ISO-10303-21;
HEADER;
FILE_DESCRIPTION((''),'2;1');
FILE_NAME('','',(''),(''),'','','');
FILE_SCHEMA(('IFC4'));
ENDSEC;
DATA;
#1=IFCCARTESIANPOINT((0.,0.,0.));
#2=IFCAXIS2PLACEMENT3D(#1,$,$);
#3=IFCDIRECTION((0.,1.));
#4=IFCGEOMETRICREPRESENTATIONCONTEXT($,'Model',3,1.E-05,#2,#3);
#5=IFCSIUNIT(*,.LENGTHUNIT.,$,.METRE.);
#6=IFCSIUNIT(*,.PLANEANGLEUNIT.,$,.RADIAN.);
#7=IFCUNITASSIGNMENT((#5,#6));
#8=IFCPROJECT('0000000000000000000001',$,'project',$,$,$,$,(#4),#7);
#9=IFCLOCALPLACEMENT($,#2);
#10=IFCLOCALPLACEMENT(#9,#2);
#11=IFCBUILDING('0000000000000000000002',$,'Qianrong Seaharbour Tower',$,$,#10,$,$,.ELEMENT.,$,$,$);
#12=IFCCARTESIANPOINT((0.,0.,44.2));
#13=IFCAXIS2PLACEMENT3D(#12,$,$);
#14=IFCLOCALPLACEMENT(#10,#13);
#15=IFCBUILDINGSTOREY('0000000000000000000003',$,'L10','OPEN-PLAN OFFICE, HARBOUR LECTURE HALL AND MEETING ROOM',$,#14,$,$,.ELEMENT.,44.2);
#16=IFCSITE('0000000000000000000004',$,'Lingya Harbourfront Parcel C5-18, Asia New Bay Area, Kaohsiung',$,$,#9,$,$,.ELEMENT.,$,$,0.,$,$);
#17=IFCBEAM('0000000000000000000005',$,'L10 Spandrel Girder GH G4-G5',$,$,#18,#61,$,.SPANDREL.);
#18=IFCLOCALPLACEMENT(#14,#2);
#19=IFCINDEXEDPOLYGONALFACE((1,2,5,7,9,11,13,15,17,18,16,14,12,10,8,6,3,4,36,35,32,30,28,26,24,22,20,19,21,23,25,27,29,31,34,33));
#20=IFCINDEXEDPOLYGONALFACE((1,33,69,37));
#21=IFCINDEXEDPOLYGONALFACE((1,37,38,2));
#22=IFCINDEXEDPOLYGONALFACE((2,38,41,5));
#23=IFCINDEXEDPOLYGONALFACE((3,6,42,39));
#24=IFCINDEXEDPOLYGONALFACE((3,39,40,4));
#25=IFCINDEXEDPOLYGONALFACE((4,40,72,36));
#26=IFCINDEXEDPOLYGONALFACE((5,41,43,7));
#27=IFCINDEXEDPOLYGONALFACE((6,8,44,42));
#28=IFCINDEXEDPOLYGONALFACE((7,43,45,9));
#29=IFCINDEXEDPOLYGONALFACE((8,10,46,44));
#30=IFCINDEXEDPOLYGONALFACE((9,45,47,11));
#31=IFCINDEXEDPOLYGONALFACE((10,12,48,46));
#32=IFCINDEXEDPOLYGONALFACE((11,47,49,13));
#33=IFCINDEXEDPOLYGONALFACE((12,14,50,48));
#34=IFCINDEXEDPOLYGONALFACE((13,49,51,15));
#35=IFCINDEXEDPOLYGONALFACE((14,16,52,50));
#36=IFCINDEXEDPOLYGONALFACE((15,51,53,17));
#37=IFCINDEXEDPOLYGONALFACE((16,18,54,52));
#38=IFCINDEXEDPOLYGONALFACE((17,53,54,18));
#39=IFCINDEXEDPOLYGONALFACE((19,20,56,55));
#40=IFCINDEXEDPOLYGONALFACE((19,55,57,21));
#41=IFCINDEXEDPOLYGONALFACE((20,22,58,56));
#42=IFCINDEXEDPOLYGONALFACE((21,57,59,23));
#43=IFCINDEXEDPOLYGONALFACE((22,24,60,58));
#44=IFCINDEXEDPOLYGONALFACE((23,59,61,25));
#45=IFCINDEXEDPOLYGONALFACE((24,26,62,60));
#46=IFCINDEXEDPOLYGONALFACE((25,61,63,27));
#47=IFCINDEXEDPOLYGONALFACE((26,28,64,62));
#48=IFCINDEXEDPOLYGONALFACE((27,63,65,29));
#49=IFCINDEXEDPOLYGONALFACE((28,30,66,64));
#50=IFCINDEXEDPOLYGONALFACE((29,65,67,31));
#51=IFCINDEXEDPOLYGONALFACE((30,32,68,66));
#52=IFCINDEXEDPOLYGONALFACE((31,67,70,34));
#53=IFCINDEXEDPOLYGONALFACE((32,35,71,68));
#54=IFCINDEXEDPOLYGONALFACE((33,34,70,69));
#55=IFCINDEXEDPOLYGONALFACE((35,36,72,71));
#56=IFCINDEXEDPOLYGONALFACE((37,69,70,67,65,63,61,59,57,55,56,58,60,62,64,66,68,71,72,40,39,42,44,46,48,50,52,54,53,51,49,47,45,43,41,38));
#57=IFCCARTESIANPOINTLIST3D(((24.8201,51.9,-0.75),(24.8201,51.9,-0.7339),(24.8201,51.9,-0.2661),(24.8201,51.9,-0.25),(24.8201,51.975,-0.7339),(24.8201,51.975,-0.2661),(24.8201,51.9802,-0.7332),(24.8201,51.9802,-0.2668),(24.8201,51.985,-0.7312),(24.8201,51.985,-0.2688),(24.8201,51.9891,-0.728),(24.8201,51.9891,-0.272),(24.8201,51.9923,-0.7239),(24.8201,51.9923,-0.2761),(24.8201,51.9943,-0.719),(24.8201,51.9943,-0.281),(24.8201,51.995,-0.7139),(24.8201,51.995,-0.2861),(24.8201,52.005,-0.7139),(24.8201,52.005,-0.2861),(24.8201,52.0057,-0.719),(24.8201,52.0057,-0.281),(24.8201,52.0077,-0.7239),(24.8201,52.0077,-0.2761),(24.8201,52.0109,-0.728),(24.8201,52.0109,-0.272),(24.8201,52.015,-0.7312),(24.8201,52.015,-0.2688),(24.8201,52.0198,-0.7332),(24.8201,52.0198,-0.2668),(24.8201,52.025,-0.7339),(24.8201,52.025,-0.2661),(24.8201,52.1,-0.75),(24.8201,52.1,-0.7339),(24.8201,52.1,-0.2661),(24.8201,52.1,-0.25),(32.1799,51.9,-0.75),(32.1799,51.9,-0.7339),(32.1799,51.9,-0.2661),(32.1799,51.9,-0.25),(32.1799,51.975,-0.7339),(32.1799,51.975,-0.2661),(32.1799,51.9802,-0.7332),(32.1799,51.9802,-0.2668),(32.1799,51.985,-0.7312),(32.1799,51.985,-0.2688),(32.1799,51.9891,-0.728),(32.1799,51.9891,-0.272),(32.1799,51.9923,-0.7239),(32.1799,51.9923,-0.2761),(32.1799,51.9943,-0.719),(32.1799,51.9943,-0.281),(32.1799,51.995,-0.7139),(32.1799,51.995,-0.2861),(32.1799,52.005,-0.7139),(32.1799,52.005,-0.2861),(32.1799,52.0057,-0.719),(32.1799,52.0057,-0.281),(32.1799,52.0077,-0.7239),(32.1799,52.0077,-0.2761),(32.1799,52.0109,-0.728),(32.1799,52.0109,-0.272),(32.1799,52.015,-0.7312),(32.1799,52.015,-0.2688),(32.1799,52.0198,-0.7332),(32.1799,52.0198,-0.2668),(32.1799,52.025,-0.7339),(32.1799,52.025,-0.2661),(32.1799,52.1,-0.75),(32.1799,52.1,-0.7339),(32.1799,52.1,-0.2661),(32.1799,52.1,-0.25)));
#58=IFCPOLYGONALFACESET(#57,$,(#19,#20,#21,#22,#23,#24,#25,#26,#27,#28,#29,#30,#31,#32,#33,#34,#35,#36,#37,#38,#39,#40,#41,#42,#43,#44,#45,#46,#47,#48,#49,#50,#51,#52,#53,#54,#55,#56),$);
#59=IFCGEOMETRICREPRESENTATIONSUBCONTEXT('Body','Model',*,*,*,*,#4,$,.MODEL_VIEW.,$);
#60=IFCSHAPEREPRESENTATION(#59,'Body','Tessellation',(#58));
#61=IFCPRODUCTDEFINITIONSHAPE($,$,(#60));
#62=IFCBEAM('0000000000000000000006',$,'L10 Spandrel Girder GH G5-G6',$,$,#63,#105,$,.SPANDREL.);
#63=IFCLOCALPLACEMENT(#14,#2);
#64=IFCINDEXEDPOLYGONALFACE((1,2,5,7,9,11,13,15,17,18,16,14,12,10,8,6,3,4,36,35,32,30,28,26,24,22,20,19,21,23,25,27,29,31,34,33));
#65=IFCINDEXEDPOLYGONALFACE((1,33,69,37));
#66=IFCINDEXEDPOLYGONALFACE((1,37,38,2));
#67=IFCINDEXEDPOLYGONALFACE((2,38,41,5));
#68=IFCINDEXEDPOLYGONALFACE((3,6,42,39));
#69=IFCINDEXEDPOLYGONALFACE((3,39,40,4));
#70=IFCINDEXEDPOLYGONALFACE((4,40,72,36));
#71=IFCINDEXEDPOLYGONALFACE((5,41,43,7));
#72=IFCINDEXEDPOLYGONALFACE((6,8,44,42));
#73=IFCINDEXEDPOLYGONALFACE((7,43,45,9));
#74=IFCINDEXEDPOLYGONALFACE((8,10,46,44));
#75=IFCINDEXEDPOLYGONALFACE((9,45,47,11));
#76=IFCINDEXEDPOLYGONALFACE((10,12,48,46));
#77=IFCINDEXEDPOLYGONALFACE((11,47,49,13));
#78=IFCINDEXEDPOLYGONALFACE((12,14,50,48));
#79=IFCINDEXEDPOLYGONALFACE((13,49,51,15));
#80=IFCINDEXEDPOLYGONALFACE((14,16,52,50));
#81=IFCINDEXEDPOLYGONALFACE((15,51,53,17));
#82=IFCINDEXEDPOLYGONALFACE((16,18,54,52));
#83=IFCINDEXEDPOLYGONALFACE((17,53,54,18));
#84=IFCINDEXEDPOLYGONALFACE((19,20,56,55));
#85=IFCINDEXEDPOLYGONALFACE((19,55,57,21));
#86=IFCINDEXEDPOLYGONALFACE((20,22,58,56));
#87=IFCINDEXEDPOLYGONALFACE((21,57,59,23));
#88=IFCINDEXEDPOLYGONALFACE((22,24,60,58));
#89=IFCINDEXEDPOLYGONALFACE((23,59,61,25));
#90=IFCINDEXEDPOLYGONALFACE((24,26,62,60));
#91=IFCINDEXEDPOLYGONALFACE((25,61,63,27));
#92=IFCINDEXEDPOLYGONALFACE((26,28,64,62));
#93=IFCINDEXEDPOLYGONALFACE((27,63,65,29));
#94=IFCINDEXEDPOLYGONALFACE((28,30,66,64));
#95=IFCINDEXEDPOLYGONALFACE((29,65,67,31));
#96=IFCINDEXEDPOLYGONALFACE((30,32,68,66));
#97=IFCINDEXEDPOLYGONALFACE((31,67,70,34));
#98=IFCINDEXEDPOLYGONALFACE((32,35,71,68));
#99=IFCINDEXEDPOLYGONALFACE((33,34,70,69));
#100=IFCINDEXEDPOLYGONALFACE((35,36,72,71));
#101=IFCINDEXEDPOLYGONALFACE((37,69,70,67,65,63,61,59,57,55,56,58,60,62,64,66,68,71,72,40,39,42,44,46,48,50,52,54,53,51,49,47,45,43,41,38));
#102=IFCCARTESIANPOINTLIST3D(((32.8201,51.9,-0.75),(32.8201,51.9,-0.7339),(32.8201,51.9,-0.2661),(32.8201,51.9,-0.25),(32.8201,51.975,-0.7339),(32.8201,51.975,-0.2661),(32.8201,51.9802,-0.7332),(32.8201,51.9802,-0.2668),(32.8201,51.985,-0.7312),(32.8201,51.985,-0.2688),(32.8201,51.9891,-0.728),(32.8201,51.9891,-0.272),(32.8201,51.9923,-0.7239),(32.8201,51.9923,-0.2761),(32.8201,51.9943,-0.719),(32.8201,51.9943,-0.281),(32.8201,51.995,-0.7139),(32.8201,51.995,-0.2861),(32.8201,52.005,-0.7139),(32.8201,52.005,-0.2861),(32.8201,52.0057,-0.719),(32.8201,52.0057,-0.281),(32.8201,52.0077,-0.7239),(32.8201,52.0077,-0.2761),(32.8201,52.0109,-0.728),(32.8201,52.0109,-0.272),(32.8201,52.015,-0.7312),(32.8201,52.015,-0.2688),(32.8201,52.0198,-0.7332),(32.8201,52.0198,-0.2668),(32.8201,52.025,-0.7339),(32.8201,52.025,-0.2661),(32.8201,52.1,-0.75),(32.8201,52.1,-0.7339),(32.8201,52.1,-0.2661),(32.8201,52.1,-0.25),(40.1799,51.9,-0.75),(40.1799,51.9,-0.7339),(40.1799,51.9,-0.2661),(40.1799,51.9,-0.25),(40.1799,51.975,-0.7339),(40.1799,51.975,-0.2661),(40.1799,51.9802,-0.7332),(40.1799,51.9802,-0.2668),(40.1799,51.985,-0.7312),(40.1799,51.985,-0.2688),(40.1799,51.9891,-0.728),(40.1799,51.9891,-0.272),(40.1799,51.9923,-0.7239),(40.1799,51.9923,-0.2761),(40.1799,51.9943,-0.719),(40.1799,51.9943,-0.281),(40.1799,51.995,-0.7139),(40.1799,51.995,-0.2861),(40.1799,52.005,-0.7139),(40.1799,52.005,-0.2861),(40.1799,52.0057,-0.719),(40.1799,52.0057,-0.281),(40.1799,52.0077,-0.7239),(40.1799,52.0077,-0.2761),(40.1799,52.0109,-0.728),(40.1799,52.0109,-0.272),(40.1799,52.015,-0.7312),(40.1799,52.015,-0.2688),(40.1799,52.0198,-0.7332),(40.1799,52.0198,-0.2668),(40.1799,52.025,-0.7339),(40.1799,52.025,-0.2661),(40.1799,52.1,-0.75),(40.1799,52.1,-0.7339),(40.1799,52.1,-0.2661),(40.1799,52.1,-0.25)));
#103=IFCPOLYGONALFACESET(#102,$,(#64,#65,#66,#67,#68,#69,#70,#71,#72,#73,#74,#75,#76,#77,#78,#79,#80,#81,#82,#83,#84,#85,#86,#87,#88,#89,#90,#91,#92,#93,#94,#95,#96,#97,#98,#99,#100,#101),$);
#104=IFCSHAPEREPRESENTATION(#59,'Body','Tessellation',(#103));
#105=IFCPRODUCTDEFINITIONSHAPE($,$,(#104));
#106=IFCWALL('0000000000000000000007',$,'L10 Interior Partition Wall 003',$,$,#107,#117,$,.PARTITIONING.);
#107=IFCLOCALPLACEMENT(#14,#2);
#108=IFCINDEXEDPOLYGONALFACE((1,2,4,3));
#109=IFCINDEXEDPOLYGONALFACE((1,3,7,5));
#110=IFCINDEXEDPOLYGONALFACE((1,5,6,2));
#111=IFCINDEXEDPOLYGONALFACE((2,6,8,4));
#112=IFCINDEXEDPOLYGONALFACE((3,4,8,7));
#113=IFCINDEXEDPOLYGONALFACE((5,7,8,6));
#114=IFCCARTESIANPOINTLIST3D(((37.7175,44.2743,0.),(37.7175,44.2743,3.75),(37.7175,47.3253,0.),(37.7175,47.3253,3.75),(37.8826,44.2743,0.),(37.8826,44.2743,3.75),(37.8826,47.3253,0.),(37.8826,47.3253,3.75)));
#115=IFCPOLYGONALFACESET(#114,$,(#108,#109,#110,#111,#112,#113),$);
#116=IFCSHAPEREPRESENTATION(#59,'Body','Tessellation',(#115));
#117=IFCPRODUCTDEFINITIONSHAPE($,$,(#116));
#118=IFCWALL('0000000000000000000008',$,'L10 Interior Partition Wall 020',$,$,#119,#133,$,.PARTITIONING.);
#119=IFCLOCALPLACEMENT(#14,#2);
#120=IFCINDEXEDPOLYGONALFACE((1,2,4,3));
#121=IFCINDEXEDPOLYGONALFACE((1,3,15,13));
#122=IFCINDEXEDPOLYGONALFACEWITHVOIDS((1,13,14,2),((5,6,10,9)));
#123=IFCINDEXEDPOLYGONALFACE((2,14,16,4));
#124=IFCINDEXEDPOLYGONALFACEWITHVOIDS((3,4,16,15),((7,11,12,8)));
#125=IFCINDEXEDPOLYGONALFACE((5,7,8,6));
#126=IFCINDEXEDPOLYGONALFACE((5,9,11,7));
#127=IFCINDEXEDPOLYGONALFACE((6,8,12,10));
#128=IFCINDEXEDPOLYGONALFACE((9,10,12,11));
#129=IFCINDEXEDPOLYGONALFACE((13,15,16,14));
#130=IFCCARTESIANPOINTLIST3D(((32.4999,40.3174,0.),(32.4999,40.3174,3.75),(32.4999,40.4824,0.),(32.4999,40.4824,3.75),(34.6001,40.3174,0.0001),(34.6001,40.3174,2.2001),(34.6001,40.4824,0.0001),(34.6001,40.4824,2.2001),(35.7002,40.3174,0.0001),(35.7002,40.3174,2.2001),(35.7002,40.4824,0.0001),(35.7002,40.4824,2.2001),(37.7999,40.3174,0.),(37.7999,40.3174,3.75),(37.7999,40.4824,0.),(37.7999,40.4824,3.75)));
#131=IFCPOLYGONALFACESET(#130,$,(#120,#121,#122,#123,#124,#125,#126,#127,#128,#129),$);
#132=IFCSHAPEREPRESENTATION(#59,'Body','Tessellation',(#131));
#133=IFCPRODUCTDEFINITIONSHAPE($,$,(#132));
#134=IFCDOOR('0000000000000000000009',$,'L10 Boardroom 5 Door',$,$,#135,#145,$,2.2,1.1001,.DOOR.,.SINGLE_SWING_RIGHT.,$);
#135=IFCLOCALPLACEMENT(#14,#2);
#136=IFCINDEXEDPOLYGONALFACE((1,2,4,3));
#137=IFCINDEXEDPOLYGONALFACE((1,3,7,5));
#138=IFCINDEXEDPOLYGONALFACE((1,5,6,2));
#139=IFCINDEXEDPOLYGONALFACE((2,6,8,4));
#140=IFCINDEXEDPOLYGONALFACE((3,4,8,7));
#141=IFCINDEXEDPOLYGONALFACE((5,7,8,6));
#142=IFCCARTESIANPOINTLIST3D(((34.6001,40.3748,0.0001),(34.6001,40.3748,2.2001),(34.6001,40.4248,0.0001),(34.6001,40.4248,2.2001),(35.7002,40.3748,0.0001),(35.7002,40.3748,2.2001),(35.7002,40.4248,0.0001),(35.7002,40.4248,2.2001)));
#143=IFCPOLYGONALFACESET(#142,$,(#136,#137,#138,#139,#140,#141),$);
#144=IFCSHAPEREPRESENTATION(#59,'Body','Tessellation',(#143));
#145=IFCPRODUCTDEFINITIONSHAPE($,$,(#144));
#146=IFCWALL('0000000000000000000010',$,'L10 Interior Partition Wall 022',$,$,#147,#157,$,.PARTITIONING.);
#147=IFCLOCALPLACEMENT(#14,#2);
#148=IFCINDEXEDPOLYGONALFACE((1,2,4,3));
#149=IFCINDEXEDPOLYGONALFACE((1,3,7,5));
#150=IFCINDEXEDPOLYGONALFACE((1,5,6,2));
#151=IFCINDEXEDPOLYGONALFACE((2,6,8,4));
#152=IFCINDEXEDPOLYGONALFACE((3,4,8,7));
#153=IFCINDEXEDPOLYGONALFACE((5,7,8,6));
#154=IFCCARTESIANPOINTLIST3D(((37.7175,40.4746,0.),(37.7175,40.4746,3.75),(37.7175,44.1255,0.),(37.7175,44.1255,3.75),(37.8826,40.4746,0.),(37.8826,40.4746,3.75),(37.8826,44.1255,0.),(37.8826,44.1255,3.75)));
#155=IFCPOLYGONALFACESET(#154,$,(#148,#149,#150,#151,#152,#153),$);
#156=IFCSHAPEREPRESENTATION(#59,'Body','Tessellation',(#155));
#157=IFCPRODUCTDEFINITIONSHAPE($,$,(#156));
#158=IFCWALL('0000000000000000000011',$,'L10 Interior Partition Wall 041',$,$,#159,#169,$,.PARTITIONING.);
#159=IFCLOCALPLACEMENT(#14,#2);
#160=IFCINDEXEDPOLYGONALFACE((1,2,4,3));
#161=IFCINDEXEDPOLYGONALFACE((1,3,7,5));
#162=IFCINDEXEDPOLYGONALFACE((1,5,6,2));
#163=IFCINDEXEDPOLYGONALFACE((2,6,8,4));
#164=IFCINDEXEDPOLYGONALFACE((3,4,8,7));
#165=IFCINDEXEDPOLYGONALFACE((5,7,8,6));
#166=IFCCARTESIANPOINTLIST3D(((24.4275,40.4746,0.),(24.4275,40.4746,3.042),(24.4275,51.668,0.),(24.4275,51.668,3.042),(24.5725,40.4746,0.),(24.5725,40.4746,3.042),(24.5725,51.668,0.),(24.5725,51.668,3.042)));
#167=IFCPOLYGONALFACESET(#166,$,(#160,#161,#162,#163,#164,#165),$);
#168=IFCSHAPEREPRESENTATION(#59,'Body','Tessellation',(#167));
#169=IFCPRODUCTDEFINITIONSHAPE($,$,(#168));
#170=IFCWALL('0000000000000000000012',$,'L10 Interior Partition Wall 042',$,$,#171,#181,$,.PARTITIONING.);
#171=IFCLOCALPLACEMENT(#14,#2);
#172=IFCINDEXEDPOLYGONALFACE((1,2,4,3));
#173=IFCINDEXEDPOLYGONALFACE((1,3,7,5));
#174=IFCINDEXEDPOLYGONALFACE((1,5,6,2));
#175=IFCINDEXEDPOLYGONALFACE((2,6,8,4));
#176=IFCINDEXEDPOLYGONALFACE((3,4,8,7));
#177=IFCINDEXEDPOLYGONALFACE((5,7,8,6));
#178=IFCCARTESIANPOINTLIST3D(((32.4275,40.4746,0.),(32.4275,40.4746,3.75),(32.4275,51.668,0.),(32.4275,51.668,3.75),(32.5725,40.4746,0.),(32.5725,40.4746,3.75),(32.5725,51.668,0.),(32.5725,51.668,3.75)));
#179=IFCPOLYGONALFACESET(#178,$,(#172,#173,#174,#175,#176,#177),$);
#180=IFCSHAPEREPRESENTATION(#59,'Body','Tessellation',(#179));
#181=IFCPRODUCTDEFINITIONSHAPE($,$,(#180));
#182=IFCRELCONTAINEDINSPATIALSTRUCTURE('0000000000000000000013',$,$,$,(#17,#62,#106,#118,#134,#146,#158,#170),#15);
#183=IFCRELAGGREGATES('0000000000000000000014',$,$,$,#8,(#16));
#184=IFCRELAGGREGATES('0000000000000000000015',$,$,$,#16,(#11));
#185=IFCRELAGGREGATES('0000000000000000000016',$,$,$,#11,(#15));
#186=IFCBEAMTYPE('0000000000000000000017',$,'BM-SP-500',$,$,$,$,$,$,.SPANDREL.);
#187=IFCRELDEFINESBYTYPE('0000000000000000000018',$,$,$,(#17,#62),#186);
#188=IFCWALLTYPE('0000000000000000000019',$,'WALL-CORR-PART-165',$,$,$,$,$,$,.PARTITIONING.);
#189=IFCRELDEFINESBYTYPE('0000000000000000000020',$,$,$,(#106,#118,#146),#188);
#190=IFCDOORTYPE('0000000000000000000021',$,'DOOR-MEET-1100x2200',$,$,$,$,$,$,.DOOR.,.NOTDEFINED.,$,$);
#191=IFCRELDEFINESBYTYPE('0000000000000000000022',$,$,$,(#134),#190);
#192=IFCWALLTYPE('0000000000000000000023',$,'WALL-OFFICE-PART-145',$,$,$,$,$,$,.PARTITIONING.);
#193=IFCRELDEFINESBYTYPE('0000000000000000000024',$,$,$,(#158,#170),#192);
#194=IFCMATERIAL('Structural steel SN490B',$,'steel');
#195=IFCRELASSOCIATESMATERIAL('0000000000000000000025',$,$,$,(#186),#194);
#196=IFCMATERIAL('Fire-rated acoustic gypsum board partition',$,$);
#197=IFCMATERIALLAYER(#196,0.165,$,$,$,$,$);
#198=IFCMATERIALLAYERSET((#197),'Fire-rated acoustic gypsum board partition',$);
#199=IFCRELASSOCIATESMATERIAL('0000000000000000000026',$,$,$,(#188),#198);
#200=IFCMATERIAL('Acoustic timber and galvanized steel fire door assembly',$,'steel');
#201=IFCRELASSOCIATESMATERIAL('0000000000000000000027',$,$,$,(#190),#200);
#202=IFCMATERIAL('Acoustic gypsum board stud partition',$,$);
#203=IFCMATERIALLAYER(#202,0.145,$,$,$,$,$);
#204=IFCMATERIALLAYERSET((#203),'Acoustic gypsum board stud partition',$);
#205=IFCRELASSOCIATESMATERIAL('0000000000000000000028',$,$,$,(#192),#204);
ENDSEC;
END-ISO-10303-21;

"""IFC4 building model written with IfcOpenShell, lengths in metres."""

from ifc_helpers import new_model, si_unit, direction, frame, frame_2d, origin, origin_2d, place, context, subcontext, project, spatial, rectangle, i_section, extrude, material, layer, layer_set, material_profile, profile_set, type_object, element, fill, save


model = new_model("IFC4")

# Units and contexts
model_context = context("Model", 3, precision=1e-05, world=origin(), true_north=direction((0.0, 1.0)))
body_context = subcontext(model_context, "Body", "Model", "MODEL_VIEW")
ifc_project = project(units=[si_unit("LENGTHUNIT", "METRE"), si_unit("PLANEANGLEUNIT", "RADIAN")], contexts=[model_context])

# Site, building, storey
site_placement = place(None, origin())
site = spatial("IfcSite", under=ifc_project, at=site_placement, Name="Lingya Harbourfront Parcel C5-18, Asia New Bay Area, Kaohsiung", CompositionType="ELEMENT", RefElevation=0.0)
building_placement = place(site_placement, origin())
building = spatial("IfcBuilding", under=site, at=building_placement, Name="Qianrong Seaharbour Tower", CompositionType="ELEMENT")
storey_placement = place(building_placement, frame((0.0, 0.0, 44.2)))
storey = spatial("IfcBuildingStorey", under=building, at=storey_placement, Name="L10", Description="OPEN-PLAN OFFICE, HARBOUR LECTURE HALL AND MEETING ROOM", CompositionType="ELEMENT", Elevation=44.2)

# Shared definitions
ifc_material_1 = material(Name="Structural steel SN490B", Category="steel")

# Beams
ifc_material_profile_1 = material_profile(ifc_material_1, i_section(OverallWidth=0.2, OverallDepth=0.5, WebThickness=0.01, FlangeThickness=0.0161, FilletRadius=0.02, at=origin_2d()), Name="H500x200x10x16")
ifc_profile_set_1 = profile_set([ifc_material_profile_1], Name="Structural steel SN490B")
beam_type_1 = type_object("IfcBeamType", Name="BM-SP-500", PredefinedType="SPANDREL", material=ifc_profile_set_1)
for number, where, z_axis, x_axis, name in (
    (1, (24.8201, 52.0, -0.5), (1.0, 0.0, 0.0), (0.0, 1.0, 0.0), "L10 Spandrel Girder GH G4-G5"),
    (2, (32.8201, 52.0, -0.5), (1.0, 0.0, 0.0), (0.0, 1.0, 0.0), "L10 Spandrel Girder GH G5-G6"),
):
    element("IfcBeam", number, at=place(storey_placement, frame(where, z_axis=z_axis, x_axis=x_axis)), inside=storey, type_object=beam_type_1, Name=name, PredefinedType="SPANDREL", context=body_context, shape_type="SweptSolid", body=[
        extrude(i_section(OverallWidth=0.2, OverallDepth=0.5, WebThickness=0.01, FlangeThickness=0.0161, FilletRadius=0.02, at=origin_2d()), origin(), (0.0, 0.0, 1.0), 7.3599),
    ])

# Wall
ifc_material_2 = material(Name="Fire-rated acoustic gypsum board partition")
ifc_layer_1 = layer(ifc_material_2, 0.165)
ifc_layer_set_1 = layer_set([ifc_layer_1], Name="Fire-rated acoustic gypsum board partition")
wall_type_1 = type_object("IfcWallType", Name="WALL-CORR-PART-165", PredefinedType="PARTITIONING", material=ifc_layer_set_1)
wall_1_placement = place(storey_placement, frame((37.8, 44.2744, 0.0), z_axis=(0.0, 0.0, 1.0), x_axis=(0.0, 1.0, 0.0)))
element("IfcWall", 3, at=wall_1_placement, inside=storey, type_object=wall_type_1, Name="L10 Interior Partition Wall 003", PredefinedType="PARTITIONING", context=body_context, shape_type="SweptSolid", body=[
    extrude(rectangle(XDim=3.051, YDim=0.165, at=frame_2d((1.5254, 0.0))), origin(), (0.0, 0.0, 1.0), 3.75),
])

# Wall, opening, door
wall_2_placement = place(storey_placement, frame((32.5, 40.3999, 0.0), z_axis=(0.0, 0.0, 1.0), x_axis=(1.0, 0.0, 0.0)))
wall_2 = element("IfcWall", 4, at=wall_2_placement, inside=storey, type_object=wall_type_1, Name="L10 Interior Partition Wall 020", PredefinedType="PARTITIONING", context=body_context, shape_type="SweptSolid", body=[
    extrude(rectangle(XDim=5.3, YDim=0.165, at=frame_2d((2.6499, 0.0))), origin(), (0.0, 0.0, 1.0), 3.75),
])
opening_1_placement = place(wall_2_placement, frame((2.1001, 0.0, 0.0)))
opening_1 = element("IfcOpeningElement", 5, at=opening_1_placement, cuts=wall_2, PredefinedType="OPENING", context=body_context, shape_type="SweptSolid", body=[
    extrude(rectangle(XDim=1.1001, YDim=2.2, at=frame_2d((0.55, 1.1001))), frame((0.0, 0.0925, 0.0), z_axis=(0.0, -1.0, 0.0), x_axis=(1.0, 0.0, 0.0)), (0.0, 0.0, 1.0), 0.1851),
])
ifc_material_3 = material(Name="Acoustic timber and galvanized steel fire door assembly", Category="steel")
door_type_1 = type_object("IfcDoorType", Name="DOOR-MEET-1100x2200", OperationType="NOTDEFINED", PredefinedType="DOOR", material=ifc_material_3)
door_1_placement = place(opening_1_placement, origin())
door_1 = element("IfcDoor", 6, at=door_1_placement, inside=storey, type_object=door_type_1, Name="L10 Boardroom 5 Door", OperationType="SINGLE_SWING_RIGHT", OverallHeight=2.2, OverallWidth=1.1001, PredefinedType="DOOR", context=body_context, shape_type="SweptSolid", body=[
    extrude(rectangle(XDim=1.1001, YDim=2.2, at=frame_2d((0.55, 1.1001))), frame((0.0, 0.0249, 0.0), z_axis=(0.0, -1.0, 0.0), x_axis=(1.0, 0.0, 0.0)), (0.0, 0.0, 1.0), 0.05),
])
fill(opening_1, door_1)

# Walls
wall_3_placement = place(storey_placement, frame((37.8, 40.4746, 0.0), z_axis=(0.0, 0.0, 1.0), x_axis=(0.0, 1.0, 0.0)))
element("IfcWall", 7, at=wall_3_placement, inside=storey, type_object=wall_type_1, Name="L10 Interior Partition Wall 022", PredefinedType="PARTITIONING", context=body_context, shape_type="SweptSolid", body=[
    extrude(rectangle(XDim=3.6509, YDim=0.165, at=frame_2d((1.8254, 0.0))), origin(), (0.0, 0.0, 1.0), 3.75),
])
ifc_material_4 = material(Name="Acoustic gypsum board stud partition")
ifc_layer_2 = layer(ifc_material_4, 0.145)
ifc_layer_set_2 = layer_set([ifc_layer_2], Name="Acoustic gypsum board stud partition")
wall_type_2 = type_object("IfcWallType", Name="WALL-OFFICE-PART-145", PredefinedType="PARTITIONING", material=ifc_layer_set_2)
wall_4_placement = place(storey_placement, frame((24.5, 51.668, 0.0), z_axis=(0.0, 0.0, 1.0), x_axis=(0.0, -1.0, 0.0)))
element("IfcWall", 8, at=wall_4_placement, inside=storey, type_object=wall_type_2, Name="L10 Interior Partition Wall 041", PredefinedType="PARTITIONING", context=body_context, shape_type="SweptSolid", body=[
    extrude(rectangle(XDim=11.1934, YDim=0.145, at=frame_2d((5.5967, 0.0))), origin(), (0.0, 0.0, 1.0), 3.042),
])
wall_5_placement = place(storey_placement, frame((32.5, 51.668, 0.0), z_axis=(0.0, 0.0, 1.0), x_axis=(0.0, -1.0, 0.0)))
element("IfcWall", 9, at=wall_5_placement, inside=storey, type_object=wall_type_2, Name="L10 Interior Partition Wall 042", PredefinedType="PARTITIONING", context=body_context, shape_type="SweptSolid", body=[
    extrude(rectangle(XDim=11.1934, YDim=0.145, at=frame_2d((5.5967, 0.0))), origin(), (0.0, 0.0, 1.0), 3.75),
])

save(model, "model.ifc")
